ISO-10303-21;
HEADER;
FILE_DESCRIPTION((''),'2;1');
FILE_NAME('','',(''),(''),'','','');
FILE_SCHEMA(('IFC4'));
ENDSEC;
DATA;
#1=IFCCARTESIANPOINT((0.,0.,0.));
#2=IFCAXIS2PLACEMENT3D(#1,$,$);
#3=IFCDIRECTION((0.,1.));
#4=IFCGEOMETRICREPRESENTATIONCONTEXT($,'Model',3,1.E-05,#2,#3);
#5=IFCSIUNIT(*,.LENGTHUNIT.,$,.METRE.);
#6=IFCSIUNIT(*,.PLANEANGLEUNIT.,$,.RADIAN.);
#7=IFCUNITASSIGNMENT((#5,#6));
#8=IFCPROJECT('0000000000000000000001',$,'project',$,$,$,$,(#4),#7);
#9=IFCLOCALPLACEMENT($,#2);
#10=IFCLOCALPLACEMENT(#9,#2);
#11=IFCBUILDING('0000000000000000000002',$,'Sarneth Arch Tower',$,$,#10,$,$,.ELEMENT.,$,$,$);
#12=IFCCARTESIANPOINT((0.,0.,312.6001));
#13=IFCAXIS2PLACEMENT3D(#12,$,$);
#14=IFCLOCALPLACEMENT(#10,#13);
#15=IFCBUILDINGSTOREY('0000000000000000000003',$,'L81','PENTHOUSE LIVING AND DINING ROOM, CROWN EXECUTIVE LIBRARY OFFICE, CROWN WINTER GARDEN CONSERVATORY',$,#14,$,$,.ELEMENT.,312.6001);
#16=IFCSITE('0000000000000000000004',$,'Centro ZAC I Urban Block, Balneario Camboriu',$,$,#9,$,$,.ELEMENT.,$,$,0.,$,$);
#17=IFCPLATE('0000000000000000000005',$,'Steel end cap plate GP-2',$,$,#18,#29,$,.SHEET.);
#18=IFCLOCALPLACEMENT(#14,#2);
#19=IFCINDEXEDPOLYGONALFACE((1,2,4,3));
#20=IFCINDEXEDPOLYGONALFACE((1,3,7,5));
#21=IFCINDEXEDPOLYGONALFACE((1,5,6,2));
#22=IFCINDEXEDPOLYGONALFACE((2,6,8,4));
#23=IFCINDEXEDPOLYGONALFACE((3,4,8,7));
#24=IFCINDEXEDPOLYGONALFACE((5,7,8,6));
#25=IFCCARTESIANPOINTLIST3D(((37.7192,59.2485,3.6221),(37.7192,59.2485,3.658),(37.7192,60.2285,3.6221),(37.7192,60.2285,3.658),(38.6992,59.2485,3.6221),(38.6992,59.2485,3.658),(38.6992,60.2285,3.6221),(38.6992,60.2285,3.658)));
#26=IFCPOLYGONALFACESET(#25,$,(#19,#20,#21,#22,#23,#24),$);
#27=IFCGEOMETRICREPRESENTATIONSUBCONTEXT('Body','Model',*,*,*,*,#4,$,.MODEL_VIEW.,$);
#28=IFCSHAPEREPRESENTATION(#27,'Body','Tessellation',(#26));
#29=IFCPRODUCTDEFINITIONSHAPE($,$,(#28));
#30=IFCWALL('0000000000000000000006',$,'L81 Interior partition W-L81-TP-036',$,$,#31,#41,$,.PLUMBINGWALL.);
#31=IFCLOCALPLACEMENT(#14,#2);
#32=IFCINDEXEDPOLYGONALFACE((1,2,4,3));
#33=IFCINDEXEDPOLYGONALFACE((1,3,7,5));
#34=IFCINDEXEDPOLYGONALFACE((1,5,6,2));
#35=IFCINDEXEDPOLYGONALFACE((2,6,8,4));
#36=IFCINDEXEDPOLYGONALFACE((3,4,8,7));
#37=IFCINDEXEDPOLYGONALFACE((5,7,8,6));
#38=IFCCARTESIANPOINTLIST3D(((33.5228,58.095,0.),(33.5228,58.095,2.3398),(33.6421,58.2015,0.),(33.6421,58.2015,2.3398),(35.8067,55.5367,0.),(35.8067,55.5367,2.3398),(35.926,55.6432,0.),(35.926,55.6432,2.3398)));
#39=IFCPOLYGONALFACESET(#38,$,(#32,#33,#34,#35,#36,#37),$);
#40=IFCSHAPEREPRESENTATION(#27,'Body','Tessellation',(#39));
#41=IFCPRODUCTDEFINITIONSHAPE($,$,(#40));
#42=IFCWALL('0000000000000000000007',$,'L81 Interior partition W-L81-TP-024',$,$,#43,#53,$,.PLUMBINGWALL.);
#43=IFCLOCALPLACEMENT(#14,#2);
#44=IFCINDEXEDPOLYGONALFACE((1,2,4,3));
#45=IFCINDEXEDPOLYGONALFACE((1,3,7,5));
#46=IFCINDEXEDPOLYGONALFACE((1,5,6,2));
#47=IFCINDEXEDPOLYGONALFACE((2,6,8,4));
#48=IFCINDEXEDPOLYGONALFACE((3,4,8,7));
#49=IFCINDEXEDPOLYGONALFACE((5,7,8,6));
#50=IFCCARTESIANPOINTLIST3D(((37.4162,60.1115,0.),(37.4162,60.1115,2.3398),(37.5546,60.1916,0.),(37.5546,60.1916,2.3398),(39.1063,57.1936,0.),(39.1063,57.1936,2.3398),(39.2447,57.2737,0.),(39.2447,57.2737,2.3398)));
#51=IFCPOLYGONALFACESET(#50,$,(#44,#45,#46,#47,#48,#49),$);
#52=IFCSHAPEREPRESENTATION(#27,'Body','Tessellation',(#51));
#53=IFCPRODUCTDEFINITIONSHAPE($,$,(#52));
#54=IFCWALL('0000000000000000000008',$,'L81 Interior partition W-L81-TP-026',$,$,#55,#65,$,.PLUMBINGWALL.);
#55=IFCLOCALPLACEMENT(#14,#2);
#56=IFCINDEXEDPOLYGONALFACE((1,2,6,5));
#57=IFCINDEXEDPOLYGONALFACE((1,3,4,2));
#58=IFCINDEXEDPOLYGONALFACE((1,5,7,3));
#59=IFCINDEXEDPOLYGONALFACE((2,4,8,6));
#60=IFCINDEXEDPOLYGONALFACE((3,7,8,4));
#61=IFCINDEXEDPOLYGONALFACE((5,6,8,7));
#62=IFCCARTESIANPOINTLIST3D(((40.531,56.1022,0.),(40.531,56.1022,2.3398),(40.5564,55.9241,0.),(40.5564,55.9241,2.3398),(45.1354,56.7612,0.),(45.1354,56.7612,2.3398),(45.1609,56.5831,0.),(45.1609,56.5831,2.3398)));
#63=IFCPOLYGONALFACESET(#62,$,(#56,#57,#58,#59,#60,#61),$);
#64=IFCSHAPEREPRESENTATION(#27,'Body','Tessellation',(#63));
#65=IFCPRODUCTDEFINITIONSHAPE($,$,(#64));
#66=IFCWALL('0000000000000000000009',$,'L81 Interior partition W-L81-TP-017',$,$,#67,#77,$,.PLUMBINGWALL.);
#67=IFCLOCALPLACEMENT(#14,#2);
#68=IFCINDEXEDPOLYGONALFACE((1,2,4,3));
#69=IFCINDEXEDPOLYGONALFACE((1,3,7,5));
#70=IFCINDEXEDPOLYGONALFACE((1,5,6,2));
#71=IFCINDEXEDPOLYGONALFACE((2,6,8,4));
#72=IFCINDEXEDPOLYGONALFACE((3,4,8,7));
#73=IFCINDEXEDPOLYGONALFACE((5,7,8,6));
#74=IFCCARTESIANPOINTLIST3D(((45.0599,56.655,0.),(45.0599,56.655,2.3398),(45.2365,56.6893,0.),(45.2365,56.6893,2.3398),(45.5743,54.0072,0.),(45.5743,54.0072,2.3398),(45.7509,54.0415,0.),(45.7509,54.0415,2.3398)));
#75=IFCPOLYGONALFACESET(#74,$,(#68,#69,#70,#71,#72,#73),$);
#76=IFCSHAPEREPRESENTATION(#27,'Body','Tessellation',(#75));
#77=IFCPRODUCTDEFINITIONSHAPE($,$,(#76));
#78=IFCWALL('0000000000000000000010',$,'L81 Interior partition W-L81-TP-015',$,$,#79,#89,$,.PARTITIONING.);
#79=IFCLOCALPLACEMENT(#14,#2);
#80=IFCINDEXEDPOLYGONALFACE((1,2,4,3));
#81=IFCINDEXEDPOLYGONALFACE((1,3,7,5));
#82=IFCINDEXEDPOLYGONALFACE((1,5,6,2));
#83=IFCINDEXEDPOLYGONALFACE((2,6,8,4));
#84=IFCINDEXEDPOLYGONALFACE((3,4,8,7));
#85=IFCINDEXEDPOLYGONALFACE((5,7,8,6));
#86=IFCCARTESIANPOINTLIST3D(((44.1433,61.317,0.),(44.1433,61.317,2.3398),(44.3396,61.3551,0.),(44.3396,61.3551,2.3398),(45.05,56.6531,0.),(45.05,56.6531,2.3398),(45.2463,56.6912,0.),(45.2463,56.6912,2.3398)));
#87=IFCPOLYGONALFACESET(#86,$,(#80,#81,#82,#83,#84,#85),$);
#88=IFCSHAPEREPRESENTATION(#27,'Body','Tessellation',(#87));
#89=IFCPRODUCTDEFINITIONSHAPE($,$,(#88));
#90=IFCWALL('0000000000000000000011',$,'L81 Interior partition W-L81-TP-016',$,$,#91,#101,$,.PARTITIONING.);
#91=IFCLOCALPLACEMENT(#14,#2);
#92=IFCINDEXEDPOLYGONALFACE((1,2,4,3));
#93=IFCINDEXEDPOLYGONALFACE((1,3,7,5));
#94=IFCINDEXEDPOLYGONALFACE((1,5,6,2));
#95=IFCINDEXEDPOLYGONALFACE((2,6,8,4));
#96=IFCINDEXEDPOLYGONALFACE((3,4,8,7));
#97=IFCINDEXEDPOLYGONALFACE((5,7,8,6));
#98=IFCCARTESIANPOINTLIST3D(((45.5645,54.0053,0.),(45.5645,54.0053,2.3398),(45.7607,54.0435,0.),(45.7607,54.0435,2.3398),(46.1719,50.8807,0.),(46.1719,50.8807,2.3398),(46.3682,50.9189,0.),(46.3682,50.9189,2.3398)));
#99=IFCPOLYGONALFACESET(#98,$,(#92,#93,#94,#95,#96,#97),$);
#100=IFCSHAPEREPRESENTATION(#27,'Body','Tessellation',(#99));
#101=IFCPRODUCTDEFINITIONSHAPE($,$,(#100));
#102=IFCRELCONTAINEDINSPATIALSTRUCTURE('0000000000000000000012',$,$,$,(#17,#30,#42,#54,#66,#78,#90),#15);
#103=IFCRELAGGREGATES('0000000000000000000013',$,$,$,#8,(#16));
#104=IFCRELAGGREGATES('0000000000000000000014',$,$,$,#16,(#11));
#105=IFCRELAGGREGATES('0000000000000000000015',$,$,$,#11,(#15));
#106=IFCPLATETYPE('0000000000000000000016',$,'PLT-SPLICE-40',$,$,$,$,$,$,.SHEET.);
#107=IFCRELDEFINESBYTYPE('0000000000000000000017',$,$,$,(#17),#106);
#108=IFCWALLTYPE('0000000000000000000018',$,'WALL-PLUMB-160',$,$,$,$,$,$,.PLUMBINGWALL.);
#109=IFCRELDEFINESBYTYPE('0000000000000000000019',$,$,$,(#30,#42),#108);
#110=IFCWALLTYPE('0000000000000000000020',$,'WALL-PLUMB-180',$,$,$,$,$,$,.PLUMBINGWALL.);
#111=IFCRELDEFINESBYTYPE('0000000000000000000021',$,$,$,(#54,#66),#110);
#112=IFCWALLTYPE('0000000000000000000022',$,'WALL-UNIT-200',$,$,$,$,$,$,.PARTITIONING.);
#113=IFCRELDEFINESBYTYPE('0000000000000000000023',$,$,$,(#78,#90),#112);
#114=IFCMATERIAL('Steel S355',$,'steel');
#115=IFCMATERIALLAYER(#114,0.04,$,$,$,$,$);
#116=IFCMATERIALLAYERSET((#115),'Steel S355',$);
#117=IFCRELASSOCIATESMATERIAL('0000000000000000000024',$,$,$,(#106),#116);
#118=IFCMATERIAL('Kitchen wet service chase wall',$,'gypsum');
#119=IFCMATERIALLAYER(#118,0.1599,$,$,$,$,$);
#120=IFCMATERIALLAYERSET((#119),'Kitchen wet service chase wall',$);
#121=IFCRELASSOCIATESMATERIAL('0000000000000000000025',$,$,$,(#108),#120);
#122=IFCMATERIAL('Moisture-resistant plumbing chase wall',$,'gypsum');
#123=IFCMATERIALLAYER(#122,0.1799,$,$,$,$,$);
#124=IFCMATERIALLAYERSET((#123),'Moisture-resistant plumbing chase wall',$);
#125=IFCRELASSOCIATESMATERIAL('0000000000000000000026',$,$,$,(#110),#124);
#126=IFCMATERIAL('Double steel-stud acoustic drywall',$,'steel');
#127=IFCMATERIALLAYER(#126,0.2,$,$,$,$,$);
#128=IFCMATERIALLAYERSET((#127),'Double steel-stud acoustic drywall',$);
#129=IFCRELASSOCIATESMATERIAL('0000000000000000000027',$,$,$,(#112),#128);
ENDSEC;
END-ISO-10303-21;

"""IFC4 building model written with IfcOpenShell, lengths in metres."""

from ifc_helpers import new_model, si_unit, direction, frame, frame_2d, origin, origin_2d, place, context, subcontext, project, spatial, rectangle, extrude, material, layer, layer_set, type_object, element, save


model = new_model("IFC4")

# Units and contexts
model_context = context("Model", 3, precision=1e-05, world=origin(), true_north=direction((0.0, 1.0)))
body_context = subcontext(model_context, "Body", "Model", "MODEL_VIEW")
ifc_project = project(units=[si_unit("LENGTHUNIT", "METRE"), si_unit("PLANEANGLEUNIT", "RADIAN")], contexts=[model_context])

# Site, building, storey
site_placement = place(None, origin())
site = spatial("IfcSite", under=ifc_project, at=site_placement, Name="Centro ZAC I Urban Block, Balneario Camboriu", CompositionType="ELEMENT", RefElevation=0.0)
building_placement = place(site_placement, origin())
building = spatial("IfcBuilding", under=site, at=building_placement, Name="Sarneth Arch Tower", CompositionType="ELEMENT")
storey_placement = place(building_placement, frame((0.0, 0.0, 312.6001)))
storey = spatial("IfcBuildingStorey", under=building, at=storey_placement, Name="L81", Description="PENTHOUSE LIVING AND DINING ROOM, CROWN EXECUTIVE LIBRARY OFFICE, CROWN WINTER GARDEN CONSERVATORY", CompositionType="ELEMENT", Elevation=312.6001)

# Plate
ifc_material_1 = material(Name="Steel S355", Category="steel")
ifc_layer_1 = layer(ifc_material_1, 0.04)
ifc_layer_set_1 = layer_set([ifc_layer_1], Name="Steel S355")
plate_type_1 = type_object("IfcPlateType", Name="PLT-SPLICE-40", PredefinedType="SHEET", material=ifc_layer_set_1)
plate_1_placement = place(storey_placement, frame((38.2092, 59.7385, 3.6221), z_axis=(0.0, 0.0, 1.0), x_axis=(1.0, 0.0, 0.0)))
element("IfcPlate", 1, at=plate_1_placement, inside=storey, type_object=plate_type_1, Name="Steel end cap plate GP-2", PredefinedType="SHEET", context=body_context, shape_type="SweptSolid", body=[
    extrude(rectangle(XDim=0.98, YDim=0.98, at=origin_2d()), origin(), (0.0, 0.0, 1.0), 0.0359),
])

# Walls
ifc_material_2 = material(Name="Kitchen wet service chase wall", Category="gypsum")
ifc_layer_2 = layer(ifc_material_2, 0.1599)
ifc_layer_set_2 = layer_set([ifc_layer_2], Name="Kitchen wet service chase wall")
wall_type_1 = type_object("IfcWallType", Name="WALL-PLUMB-160", PredefinedType="PLUMBINGWALL", material=ifc_layer_set_2)
wall_1_placement = place(storey_placement, frame((35.8665, 55.5898, 0.0), z_axis=(0.0, 0.0, 1.0), x_axis=(-0.665966, 0.745982, 0.0)))
element("IfcWall", 2, at=wall_1_placement, inside=storey, type_object=wall_type_1, Name="L81 Interior partition W-L81-TP-036", PredefinedType="PLUMBINGWALL", context=body_context, shape_type="SweptSolid", body=[
    extrude(rectangle(XDim=3.4294, YDim=0.1599, at=frame_2d((1.7148, 0.0))), origin(), (0.0, 0.0, 1.0), 2.3398),
])
wall_2_placement = place(storey_placement, frame((39.1755, 57.2336, 0.0), z_axis=(0.0, 0.0, 1.0), x_axis=(-0.501222, 0.865319, 0.0)))
element("IfcWall", 3, at=wall_2_placement, inside=storey, type_object=wall_type_1, Name="L81 Interior partition W-L81-TP-024", PredefinedType="PLUMBINGWALL", context=body_context, shape_type="SweptSolid", body=[
    extrude(rectangle(XDim=3.3721, YDim=0.1599, at=frame_2d((1.686, 0.0))), origin(), (0.0, 0.0, 1.0), 2.3398),
])
ifc_material_3 = material(Name="Moisture-resistant plumbing chase wall", Category="gypsum")
ifc_layer_3 = layer(ifc_material_3, 0.1799)
ifc_layer_set_3 = layer_set([ifc_layer_3], Name="Moisture-resistant plumbing chase wall")
wall_type_2 = type_object("IfcWallType", Name="WALL-PLUMB-180", PredefinedType="PLUMBINGWALL", material=ifc_layer_set_3)
wall_3_placement = place(storey_placement, frame((40.5437, 56.0132, 0.0), z_axis=(0.0, 0.0, 1.0), x_axis=(0.989915, 0.141664, 0.0)))
element("IfcWall", 4, at=wall_3_placement, inside=storey, type_object=wall_type_2, Name="L81 Interior partition W-L81-TP-026", PredefinedType="PLUMBINGWALL", context=body_context, shape_type="SweptSolid", body=[
    extrude(rectangle(XDim=4.6514, YDim=0.1799, at=frame_2d((2.3257, 0.0))), origin(), (0.0, 0.0, 1.0), 2.3398),
])
wall_4_placement = place(storey_placement, frame((45.1482, 56.6721, 0.0), z_axis=(0.0, 0.0, 1.0), x_axis=(0.190717, -0.981645, 0.0)))
element("IfcWall", 5, at=wall_4_placement, inside=storey, type_object=wall_type_2, Name="L81 Interior partition W-L81-TP-017", PredefinedType="PLUMBINGWALL", context=body_context, shape_type="SweptSolid", body=[
    extrude(rectangle(XDim=2.6973, YDim=0.1799, at=frame_2d((1.3486, 0.0))), origin(), (0.0, 0.0, 1.0), 2.3398),
])
ifc_material_4 = material(Name="Double steel-stud acoustic drywall", Category="steel")
ifc_layer_4 = layer(ifc_material_4, 0.2)
ifc_layer_set_4 = layer_set([ifc_layer_4], Name="Double steel-stud acoustic drywall")
wall_type_3 = type_object("IfcWallType", Name="WALL-UNIT-200", PredefinedType="PARTITIONING", material=ifc_layer_set_4)
wall_5_placement = place(storey_placement, frame((44.2415, 61.3359, 0.0), z_axis=(0.0, 0.0, 1.0), x_axis=(0.190846, -0.98162, 0.0)))
element("IfcWall", 6, at=wall_5_placement, inside=storey, type_object=wall_type_3, Name="L81 Interior partition W-L81-TP-015", PredefinedType="PARTITIONING", context=body_context, shape_type="SweptSolid", body=[
    extrude(rectangle(XDim=4.7512, YDim=0.2, at=frame_2d((2.3755, 0.0))), origin(), (0.0, 0.0, 1.0), 2.3398),
])
wall_6_placement = place(storey_placement, frame((45.6626, 54.0244, 0.0), z_axis=(0.0, 0.0, 1.0), x_axis=(0.190833, -0.981623, 0.0)))
element("IfcWall", 7, at=wall_6_placement, inside=storey, type_object=wall_type_3, Name="L81 Interior partition W-L81-TP-016", PredefinedType="PARTITIONING", context=body_context, shape_type="SweptSolid", body=[
    extrude(rectangle(XDim=3.1831, YDim=0.2, at=frame_2d((1.5916, 0.0))), origin(), (0.0, 0.0, 1.0), 2.3398),
])

save(model, "model.ifc")
